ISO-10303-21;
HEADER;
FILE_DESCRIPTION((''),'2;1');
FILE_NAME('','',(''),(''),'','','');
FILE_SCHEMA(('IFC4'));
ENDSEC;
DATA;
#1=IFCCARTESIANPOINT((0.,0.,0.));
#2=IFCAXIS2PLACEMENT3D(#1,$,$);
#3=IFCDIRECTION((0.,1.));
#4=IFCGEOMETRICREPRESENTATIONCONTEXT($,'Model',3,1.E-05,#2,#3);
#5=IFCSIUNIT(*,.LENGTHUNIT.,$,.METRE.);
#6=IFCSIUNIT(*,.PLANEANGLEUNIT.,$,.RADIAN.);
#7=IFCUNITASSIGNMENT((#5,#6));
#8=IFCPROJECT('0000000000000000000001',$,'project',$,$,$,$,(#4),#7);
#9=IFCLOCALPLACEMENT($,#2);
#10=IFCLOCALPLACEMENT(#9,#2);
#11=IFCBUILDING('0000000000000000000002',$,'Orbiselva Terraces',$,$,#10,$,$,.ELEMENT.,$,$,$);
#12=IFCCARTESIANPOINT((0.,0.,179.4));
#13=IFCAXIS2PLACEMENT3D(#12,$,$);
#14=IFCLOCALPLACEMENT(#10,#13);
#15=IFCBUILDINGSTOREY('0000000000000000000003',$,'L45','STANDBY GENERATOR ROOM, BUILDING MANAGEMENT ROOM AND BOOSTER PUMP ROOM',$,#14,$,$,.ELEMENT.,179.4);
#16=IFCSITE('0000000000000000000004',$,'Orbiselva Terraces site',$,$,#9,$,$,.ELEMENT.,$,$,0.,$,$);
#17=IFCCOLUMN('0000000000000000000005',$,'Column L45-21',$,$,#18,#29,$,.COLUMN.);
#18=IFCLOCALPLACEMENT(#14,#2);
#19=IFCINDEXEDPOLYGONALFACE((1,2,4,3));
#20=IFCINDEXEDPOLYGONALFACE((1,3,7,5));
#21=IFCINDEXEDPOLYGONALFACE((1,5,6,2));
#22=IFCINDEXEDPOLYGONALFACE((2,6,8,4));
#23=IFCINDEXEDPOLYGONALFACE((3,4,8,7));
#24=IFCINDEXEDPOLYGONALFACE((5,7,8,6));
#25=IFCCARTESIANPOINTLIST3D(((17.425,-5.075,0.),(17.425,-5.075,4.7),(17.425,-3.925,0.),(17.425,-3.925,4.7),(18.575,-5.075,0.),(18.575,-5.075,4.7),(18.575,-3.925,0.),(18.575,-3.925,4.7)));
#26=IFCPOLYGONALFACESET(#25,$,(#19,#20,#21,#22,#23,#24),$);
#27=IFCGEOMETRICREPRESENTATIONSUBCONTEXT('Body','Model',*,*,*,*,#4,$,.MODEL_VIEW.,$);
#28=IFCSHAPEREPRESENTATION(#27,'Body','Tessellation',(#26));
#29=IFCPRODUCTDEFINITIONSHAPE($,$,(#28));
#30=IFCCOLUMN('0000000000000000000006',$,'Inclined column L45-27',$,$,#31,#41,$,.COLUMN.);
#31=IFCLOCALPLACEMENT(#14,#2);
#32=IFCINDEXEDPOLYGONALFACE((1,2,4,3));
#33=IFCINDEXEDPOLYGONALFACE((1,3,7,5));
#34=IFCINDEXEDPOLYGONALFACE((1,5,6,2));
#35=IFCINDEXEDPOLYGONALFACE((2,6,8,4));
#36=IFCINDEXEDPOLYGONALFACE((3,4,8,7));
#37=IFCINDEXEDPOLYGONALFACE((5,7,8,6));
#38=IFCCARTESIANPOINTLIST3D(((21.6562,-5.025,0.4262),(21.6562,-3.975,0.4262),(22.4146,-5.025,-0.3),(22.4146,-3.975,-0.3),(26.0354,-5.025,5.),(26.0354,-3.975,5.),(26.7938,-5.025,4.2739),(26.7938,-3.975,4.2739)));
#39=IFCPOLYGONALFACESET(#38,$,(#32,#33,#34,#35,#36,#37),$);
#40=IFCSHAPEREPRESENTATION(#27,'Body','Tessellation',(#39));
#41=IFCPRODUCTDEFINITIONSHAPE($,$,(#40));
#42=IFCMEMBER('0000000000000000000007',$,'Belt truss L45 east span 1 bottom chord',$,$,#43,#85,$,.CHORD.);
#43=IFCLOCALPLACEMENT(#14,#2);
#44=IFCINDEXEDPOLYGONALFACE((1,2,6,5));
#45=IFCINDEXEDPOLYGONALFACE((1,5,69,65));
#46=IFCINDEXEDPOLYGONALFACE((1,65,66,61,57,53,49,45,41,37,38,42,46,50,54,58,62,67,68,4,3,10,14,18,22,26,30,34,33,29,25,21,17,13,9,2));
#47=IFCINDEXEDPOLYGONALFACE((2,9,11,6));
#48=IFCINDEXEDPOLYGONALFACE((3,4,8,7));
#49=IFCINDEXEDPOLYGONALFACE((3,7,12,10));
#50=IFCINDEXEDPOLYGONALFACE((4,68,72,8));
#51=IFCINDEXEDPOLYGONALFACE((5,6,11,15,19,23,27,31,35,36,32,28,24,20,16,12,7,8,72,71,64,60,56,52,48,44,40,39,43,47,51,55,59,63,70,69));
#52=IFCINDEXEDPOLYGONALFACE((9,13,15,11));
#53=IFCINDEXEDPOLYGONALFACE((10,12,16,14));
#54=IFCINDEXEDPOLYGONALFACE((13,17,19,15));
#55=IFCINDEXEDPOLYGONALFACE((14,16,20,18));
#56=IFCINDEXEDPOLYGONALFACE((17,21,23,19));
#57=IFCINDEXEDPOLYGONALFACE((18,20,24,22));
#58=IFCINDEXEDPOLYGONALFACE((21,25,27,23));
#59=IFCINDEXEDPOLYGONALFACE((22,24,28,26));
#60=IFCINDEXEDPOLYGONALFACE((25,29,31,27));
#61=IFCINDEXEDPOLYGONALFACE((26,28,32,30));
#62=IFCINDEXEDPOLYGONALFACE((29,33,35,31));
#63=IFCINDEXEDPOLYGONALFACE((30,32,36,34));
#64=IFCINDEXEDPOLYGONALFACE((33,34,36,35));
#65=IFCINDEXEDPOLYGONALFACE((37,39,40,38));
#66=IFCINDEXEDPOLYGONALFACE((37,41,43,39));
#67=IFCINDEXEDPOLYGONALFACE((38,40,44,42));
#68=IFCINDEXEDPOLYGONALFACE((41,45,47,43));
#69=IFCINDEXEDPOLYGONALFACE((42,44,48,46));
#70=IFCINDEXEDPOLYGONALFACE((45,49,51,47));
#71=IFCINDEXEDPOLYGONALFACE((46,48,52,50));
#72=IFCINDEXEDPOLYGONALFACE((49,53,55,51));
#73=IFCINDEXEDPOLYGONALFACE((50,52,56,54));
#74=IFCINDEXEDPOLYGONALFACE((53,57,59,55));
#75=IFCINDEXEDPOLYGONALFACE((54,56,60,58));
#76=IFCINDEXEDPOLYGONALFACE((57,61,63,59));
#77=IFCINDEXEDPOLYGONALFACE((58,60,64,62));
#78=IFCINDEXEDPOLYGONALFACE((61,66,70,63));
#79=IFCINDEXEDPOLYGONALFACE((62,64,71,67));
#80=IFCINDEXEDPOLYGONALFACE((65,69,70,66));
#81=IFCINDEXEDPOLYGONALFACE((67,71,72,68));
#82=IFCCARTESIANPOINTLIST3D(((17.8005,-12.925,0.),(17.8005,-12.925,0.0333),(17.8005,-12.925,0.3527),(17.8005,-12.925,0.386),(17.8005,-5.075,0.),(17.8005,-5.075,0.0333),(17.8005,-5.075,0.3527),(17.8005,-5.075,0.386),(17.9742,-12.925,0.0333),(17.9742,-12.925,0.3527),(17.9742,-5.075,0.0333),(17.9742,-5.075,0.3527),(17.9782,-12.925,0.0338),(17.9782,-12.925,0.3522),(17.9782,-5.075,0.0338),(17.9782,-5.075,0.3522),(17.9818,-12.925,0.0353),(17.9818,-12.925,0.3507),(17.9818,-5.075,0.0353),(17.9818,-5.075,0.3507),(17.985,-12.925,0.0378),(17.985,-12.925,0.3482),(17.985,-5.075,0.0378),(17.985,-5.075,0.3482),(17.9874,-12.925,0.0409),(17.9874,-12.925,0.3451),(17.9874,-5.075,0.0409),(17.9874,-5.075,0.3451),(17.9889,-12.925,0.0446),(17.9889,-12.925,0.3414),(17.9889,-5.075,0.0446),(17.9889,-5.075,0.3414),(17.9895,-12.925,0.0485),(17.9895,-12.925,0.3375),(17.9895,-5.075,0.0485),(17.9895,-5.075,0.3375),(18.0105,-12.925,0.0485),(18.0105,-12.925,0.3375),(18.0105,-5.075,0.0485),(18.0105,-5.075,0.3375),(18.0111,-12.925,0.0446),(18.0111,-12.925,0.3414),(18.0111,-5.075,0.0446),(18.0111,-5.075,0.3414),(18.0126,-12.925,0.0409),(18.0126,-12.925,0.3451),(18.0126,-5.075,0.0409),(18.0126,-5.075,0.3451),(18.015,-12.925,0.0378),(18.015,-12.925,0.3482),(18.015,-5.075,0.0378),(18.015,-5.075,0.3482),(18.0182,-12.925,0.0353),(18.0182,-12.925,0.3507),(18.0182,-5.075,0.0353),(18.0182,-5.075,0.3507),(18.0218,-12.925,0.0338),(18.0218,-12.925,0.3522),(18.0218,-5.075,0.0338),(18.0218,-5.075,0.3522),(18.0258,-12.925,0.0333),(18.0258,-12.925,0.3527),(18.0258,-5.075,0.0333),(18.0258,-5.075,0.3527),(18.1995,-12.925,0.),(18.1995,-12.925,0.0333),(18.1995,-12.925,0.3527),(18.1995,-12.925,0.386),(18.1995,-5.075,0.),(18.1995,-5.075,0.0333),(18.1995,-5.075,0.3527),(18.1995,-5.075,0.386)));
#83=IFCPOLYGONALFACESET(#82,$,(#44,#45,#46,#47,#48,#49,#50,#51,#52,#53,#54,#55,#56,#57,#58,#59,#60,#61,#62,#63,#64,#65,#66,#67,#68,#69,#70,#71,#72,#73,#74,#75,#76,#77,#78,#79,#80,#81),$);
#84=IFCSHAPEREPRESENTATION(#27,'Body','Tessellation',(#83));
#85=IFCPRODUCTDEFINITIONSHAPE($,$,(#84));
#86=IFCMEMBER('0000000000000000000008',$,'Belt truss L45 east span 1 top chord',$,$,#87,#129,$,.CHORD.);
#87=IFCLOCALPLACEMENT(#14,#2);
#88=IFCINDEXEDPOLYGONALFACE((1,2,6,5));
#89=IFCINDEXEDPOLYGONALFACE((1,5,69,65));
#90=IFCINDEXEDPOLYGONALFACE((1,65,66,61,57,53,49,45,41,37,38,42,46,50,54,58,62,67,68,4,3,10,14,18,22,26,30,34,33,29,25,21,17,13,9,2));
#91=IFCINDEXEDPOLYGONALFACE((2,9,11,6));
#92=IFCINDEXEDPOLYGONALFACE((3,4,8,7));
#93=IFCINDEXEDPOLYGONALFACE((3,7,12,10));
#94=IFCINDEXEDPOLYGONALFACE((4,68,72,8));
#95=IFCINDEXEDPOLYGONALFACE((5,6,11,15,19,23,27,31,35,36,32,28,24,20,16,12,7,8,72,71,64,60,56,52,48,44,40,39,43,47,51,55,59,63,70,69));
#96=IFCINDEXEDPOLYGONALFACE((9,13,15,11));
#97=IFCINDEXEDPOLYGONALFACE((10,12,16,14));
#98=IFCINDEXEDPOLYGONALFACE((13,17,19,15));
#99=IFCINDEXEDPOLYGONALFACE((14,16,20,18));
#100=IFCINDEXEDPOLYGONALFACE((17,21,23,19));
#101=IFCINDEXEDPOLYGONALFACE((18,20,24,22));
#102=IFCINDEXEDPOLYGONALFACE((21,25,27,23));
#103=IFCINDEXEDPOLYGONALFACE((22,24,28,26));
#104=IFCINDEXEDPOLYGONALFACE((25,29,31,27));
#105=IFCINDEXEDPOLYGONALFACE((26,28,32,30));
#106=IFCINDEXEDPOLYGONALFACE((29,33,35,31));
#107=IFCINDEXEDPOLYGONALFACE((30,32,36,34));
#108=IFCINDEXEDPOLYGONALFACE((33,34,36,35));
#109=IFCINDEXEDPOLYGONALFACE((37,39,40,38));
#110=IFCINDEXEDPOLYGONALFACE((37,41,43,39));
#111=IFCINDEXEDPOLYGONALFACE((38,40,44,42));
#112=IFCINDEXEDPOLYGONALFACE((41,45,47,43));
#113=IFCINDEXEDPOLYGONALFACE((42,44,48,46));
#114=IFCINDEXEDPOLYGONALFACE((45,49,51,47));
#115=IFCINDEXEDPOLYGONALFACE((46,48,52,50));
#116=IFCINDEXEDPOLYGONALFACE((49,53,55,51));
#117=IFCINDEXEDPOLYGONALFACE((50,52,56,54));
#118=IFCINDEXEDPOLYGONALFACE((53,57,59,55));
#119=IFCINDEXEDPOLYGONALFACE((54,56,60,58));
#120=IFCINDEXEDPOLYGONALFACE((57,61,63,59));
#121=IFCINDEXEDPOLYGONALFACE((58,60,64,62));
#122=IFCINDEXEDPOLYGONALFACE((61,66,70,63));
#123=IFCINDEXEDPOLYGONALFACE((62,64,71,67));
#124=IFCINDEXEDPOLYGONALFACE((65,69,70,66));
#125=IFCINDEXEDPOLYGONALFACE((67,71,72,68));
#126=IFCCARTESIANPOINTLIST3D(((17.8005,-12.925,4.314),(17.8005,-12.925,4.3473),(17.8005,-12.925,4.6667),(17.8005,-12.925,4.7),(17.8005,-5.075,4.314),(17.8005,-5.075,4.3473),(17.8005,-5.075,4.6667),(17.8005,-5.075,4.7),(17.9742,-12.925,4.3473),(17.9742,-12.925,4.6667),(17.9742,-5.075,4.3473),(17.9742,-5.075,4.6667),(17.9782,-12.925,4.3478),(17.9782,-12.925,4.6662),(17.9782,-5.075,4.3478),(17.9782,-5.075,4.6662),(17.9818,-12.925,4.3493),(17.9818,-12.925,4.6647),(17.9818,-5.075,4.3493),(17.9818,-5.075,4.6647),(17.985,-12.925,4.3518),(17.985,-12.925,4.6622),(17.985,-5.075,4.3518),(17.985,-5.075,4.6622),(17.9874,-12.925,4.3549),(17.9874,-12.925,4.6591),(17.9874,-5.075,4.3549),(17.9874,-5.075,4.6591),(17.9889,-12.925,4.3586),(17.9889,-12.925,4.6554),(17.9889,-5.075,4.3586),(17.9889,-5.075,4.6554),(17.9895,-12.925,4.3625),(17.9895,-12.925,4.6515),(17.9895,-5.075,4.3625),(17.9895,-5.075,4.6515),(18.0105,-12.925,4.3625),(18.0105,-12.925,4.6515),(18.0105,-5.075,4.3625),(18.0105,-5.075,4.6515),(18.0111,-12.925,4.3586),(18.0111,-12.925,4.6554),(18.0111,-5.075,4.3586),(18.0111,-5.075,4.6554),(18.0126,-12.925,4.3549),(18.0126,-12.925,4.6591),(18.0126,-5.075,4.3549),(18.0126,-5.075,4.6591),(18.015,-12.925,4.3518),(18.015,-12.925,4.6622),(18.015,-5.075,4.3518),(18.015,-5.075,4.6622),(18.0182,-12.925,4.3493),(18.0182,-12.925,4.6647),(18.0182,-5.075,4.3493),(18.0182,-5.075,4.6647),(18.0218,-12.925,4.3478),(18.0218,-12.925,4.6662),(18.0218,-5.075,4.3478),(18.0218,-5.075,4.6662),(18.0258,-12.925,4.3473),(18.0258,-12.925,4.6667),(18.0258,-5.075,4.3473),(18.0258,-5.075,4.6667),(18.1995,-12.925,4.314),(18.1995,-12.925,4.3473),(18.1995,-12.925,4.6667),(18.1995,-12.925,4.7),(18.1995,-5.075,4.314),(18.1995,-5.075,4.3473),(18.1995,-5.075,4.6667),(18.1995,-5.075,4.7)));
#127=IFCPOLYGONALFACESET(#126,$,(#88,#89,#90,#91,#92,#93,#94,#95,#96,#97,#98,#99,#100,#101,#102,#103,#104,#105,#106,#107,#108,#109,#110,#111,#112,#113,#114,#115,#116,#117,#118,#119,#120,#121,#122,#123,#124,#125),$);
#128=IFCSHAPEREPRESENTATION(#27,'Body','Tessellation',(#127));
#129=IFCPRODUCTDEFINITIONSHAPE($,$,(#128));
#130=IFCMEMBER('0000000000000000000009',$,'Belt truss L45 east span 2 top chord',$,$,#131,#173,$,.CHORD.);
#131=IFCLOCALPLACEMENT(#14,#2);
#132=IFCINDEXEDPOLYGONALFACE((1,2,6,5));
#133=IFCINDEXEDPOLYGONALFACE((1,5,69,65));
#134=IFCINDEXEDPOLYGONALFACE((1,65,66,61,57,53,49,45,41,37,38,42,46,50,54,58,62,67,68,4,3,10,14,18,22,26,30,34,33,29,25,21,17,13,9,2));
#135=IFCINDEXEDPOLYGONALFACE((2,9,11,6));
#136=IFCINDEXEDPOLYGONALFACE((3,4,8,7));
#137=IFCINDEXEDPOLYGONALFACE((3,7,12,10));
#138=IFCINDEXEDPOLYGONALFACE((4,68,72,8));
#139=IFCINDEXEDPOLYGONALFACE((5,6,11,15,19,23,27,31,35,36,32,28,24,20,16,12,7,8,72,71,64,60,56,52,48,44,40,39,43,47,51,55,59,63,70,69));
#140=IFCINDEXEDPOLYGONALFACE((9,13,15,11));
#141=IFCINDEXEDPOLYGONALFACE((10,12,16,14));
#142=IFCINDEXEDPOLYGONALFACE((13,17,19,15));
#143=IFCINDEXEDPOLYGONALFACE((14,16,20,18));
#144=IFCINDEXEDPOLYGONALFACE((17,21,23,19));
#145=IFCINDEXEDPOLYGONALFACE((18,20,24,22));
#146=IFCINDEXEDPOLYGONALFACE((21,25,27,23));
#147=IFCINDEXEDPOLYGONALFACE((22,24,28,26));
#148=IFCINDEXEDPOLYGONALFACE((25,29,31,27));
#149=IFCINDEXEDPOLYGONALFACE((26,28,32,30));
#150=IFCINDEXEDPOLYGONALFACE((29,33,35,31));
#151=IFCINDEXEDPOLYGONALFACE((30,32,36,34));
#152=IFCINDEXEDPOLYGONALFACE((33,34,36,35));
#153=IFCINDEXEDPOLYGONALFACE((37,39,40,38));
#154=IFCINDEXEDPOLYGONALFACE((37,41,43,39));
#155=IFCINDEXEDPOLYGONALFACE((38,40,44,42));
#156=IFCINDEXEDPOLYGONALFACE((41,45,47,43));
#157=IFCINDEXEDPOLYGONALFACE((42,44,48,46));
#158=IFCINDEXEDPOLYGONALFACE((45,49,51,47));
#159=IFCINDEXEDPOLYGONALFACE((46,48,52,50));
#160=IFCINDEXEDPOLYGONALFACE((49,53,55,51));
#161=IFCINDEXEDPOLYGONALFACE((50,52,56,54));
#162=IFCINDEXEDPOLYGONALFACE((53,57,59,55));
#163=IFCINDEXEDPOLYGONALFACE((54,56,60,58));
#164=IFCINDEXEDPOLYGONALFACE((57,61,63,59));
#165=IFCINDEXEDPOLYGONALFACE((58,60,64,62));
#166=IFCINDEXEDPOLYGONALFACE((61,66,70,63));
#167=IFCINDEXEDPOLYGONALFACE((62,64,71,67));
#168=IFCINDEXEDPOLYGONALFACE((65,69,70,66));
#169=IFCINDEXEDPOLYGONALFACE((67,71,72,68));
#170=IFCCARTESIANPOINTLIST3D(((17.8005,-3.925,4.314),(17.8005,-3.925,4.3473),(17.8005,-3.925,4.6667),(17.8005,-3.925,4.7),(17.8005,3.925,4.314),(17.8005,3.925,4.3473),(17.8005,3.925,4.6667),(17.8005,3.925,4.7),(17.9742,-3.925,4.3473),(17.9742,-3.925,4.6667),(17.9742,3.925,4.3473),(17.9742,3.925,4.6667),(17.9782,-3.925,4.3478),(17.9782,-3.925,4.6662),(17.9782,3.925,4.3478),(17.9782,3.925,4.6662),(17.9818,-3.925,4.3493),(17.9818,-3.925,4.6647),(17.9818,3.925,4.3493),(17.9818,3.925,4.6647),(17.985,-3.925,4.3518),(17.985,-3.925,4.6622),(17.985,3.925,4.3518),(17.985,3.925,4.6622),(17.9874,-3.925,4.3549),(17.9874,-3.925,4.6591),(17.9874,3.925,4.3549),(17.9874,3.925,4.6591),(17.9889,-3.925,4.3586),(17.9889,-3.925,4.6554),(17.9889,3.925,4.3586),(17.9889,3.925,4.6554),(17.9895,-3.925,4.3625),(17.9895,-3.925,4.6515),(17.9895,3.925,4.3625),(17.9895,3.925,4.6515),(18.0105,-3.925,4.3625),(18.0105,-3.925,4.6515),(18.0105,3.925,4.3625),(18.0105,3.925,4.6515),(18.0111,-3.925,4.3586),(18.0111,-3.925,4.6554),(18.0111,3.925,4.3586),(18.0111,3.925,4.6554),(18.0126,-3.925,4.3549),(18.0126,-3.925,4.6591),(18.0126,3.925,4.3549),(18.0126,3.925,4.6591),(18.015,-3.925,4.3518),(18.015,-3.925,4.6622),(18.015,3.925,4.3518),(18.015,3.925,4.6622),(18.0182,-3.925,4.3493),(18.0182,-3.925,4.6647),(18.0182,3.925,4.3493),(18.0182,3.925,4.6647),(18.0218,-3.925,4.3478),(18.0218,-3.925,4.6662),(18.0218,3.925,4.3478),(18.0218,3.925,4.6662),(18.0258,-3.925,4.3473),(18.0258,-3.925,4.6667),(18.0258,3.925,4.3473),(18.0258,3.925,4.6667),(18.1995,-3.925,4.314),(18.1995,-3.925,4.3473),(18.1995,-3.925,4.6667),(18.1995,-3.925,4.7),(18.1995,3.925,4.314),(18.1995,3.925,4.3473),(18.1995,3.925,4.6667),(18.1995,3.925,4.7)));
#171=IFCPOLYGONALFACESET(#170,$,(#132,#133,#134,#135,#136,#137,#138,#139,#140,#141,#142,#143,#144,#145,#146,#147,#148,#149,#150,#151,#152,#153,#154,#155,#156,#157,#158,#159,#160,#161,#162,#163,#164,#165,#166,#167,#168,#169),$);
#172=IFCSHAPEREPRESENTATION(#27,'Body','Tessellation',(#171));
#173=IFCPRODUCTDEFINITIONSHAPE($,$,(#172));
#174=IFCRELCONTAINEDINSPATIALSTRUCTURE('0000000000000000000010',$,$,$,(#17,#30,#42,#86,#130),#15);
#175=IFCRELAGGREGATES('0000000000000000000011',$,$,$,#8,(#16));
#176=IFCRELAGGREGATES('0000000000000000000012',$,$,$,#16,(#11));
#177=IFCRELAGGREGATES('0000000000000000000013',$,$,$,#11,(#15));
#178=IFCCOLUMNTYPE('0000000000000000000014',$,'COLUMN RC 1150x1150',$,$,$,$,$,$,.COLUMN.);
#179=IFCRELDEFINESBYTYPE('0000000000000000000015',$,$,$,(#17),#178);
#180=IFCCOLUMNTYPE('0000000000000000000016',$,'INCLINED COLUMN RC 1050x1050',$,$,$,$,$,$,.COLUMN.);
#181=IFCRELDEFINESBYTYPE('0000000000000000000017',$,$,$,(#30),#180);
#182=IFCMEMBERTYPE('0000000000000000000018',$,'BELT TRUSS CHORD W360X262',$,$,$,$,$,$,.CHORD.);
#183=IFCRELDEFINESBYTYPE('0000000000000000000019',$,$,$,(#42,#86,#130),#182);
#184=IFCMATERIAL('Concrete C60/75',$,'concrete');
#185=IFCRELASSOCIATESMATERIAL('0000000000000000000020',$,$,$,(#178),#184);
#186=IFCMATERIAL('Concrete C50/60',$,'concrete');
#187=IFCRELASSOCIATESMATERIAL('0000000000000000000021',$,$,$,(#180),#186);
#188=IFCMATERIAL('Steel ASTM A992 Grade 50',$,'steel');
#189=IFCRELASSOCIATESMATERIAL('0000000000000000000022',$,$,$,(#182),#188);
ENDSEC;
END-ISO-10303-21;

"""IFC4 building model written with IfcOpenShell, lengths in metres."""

from ifc_helpers import new_model, si_unit, direction, frame, origin, origin_2d, place, context, subcontext, project, spatial, rectangle, i_section, extrude, material, material_profile, profile_set, type_object, element, save


model = new_model("IFC4")

# Units and contexts
model_context = context("Model", 3, precision=1e-05, world=origin(), true_north=direction((0.0, 1.0)))
body_context = subcontext(model_context, "Body", "Model", "MODEL_VIEW")
ifc_project = project(units=[si_unit("LENGTHUNIT", "METRE"), si_unit("PLANEANGLEUNIT", "RADIAN")], contexts=[model_context])

# Site, building, storey
site_placement = place(None, origin())
site = spatial("IfcSite", under=ifc_project, at=site_placement, Name="Orbiselva Terraces site", CompositionType="ELEMENT", RefElevation=0.0)
building_placement = place(site_placement, origin())
building = spatial("IfcBuilding", under=site, at=building_placement, Name="Orbiselva Terraces", CompositionType="ELEMENT")
storey_placement = place(building_placement, frame((0.0, 0.0, 179.4)))
storey = spatial("IfcBuildingStorey", under=building, at=storey_placement, Name="L45", Description="STANDBY GENERATOR ROOM, BUILDING MANAGEMENT ROOM AND BOOSTER PUMP ROOM", CompositionType="ELEMENT", Elevation=179.4)

# Columns
ifc_material_1 = material(Name="Concrete C60/75", Category="concrete")
ifc_material_profile_1 = material_profile(ifc_material_1, rectangle(XDim=1.15, YDim=1.15, at=origin_2d()), Name="RC 1150x1150")
ifc_profile_set_1 = profile_set([ifc_material_profile_1], Name="Concrete C60/75")
column_type_1 = type_object("IfcColumnType", Name="COLUMN RC 1150x1150", PredefinedType="COLUMN", material=ifc_profile_set_1)
column_1_placement = place(storey_placement, frame((18.0, -4.5, 0.0), z_axis=(0.0, 0.0, 1.0), x_axis=(1.0, 0.0, 0.0)))
element("IfcColumn", 1, at=column_1_placement, inside=storey, type_object=column_type_1, Name="Column L45-21", PredefinedType="COLUMN", context=body_context, shape_type="SweptSolid", body=[
    extrude(rectangle(XDim=1.15, YDim=1.15, at=origin_2d()), origin(), (0.0, 0.0, 1.0), 4.7),
])
ifc_material_2 = material(Name="Concrete C50/60", Category="concrete")
ifc_material_profile_2 = material_profile(ifc_material_2, rectangle(XDim=1.05, YDim=1.05, at=origin_2d()), Name="RC 1050x1050")
ifc_profile_set_2 = profile_set([ifc_material_profile_2], Name="Concrete C50/60")
column_type_2 = type_object("IfcColumnType", Name="INCLINED COLUMN RC 1050x1050", PredefinedType="COLUMN", material=ifc_profile_set_2)
column_2_placement = place(storey_placement, frame((22.0354, -4.5, 0.0631), z_axis=(0.691571, 0.0, 0.722308), x_axis=(0.0, 1.0, 0.0)))
element("IfcColumn", 2, at=column_2_placement, inside=storey, type_object=column_type_2, Name="Inclined column L45-27", PredefinedType="COLUMN", context=body_context, shape_type="SweptSolid", body=[
    extrude(rectangle(XDim=1.05, YDim=1.05, at=origin_2d()), origin(), (0.0, 0.0, 1.0), 6.3323),
])

# Members
ifc_material_3 = material(Name="Steel ASTM A992 Grade 50", Category="steel")
ifc_material_profile_3 = material_profile(ifc_material_3, i_section(OverallWidth=0.399, OverallDepth=0.386, WebThickness=0.0211, FlangeThickness=0.0333, FilletRadius=0.0152, at=origin_2d()), Name="W360X262")
ifc_profile_set_3 = profile_set([ifc_material_profile_3], Name="Steel ASTM A992 Grade 50")
member_type_1 = type_object("IfcMemberType", Name="BELT TRUSS CHORD W360X262", PredefinedType="CHORD", material=ifc_profile_set_3)
for number, where, z_axis, x_axis, name in (
    (3, (18.0, -12.925, 0.193), (0.0, 1.0, 0.0), (-1.0, 0.0, 0.0), "Belt truss L45 east span 1 bottom chord"),
    (4, (18.0, -12.925, 4.507), (0.0, 1.0, 0.0), (-1.0, 0.0, 0.0), "Belt truss L45 east span 1 top chord"),
    (5, (18.0, -3.925, 4.507), (0.0, 1.0, 0.0), (-1.0, 0.0, 0.0), "Belt truss L45 east span 2 top chord"),
):
    element("IfcMember", number, at=place(storey_placement, frame(where, z_axis=z_axis, x_axis=x_axis)), inside=storey, type_object=member_type_1, Name=name, PredefinedType="CHORD", context=body_context, shape_type="SweptSolid", body=[
        extrude(i_section(OverallWidth=0.399, OverallDepth=0.386, WebThickness=0.0211, FlangeThickness=0.0333, FilletRadius=0.0152, at=origin_2d()), origin(), (0.0, 0.0, 1.0), 7.85),
    ])

save(model, "model.ifc")
